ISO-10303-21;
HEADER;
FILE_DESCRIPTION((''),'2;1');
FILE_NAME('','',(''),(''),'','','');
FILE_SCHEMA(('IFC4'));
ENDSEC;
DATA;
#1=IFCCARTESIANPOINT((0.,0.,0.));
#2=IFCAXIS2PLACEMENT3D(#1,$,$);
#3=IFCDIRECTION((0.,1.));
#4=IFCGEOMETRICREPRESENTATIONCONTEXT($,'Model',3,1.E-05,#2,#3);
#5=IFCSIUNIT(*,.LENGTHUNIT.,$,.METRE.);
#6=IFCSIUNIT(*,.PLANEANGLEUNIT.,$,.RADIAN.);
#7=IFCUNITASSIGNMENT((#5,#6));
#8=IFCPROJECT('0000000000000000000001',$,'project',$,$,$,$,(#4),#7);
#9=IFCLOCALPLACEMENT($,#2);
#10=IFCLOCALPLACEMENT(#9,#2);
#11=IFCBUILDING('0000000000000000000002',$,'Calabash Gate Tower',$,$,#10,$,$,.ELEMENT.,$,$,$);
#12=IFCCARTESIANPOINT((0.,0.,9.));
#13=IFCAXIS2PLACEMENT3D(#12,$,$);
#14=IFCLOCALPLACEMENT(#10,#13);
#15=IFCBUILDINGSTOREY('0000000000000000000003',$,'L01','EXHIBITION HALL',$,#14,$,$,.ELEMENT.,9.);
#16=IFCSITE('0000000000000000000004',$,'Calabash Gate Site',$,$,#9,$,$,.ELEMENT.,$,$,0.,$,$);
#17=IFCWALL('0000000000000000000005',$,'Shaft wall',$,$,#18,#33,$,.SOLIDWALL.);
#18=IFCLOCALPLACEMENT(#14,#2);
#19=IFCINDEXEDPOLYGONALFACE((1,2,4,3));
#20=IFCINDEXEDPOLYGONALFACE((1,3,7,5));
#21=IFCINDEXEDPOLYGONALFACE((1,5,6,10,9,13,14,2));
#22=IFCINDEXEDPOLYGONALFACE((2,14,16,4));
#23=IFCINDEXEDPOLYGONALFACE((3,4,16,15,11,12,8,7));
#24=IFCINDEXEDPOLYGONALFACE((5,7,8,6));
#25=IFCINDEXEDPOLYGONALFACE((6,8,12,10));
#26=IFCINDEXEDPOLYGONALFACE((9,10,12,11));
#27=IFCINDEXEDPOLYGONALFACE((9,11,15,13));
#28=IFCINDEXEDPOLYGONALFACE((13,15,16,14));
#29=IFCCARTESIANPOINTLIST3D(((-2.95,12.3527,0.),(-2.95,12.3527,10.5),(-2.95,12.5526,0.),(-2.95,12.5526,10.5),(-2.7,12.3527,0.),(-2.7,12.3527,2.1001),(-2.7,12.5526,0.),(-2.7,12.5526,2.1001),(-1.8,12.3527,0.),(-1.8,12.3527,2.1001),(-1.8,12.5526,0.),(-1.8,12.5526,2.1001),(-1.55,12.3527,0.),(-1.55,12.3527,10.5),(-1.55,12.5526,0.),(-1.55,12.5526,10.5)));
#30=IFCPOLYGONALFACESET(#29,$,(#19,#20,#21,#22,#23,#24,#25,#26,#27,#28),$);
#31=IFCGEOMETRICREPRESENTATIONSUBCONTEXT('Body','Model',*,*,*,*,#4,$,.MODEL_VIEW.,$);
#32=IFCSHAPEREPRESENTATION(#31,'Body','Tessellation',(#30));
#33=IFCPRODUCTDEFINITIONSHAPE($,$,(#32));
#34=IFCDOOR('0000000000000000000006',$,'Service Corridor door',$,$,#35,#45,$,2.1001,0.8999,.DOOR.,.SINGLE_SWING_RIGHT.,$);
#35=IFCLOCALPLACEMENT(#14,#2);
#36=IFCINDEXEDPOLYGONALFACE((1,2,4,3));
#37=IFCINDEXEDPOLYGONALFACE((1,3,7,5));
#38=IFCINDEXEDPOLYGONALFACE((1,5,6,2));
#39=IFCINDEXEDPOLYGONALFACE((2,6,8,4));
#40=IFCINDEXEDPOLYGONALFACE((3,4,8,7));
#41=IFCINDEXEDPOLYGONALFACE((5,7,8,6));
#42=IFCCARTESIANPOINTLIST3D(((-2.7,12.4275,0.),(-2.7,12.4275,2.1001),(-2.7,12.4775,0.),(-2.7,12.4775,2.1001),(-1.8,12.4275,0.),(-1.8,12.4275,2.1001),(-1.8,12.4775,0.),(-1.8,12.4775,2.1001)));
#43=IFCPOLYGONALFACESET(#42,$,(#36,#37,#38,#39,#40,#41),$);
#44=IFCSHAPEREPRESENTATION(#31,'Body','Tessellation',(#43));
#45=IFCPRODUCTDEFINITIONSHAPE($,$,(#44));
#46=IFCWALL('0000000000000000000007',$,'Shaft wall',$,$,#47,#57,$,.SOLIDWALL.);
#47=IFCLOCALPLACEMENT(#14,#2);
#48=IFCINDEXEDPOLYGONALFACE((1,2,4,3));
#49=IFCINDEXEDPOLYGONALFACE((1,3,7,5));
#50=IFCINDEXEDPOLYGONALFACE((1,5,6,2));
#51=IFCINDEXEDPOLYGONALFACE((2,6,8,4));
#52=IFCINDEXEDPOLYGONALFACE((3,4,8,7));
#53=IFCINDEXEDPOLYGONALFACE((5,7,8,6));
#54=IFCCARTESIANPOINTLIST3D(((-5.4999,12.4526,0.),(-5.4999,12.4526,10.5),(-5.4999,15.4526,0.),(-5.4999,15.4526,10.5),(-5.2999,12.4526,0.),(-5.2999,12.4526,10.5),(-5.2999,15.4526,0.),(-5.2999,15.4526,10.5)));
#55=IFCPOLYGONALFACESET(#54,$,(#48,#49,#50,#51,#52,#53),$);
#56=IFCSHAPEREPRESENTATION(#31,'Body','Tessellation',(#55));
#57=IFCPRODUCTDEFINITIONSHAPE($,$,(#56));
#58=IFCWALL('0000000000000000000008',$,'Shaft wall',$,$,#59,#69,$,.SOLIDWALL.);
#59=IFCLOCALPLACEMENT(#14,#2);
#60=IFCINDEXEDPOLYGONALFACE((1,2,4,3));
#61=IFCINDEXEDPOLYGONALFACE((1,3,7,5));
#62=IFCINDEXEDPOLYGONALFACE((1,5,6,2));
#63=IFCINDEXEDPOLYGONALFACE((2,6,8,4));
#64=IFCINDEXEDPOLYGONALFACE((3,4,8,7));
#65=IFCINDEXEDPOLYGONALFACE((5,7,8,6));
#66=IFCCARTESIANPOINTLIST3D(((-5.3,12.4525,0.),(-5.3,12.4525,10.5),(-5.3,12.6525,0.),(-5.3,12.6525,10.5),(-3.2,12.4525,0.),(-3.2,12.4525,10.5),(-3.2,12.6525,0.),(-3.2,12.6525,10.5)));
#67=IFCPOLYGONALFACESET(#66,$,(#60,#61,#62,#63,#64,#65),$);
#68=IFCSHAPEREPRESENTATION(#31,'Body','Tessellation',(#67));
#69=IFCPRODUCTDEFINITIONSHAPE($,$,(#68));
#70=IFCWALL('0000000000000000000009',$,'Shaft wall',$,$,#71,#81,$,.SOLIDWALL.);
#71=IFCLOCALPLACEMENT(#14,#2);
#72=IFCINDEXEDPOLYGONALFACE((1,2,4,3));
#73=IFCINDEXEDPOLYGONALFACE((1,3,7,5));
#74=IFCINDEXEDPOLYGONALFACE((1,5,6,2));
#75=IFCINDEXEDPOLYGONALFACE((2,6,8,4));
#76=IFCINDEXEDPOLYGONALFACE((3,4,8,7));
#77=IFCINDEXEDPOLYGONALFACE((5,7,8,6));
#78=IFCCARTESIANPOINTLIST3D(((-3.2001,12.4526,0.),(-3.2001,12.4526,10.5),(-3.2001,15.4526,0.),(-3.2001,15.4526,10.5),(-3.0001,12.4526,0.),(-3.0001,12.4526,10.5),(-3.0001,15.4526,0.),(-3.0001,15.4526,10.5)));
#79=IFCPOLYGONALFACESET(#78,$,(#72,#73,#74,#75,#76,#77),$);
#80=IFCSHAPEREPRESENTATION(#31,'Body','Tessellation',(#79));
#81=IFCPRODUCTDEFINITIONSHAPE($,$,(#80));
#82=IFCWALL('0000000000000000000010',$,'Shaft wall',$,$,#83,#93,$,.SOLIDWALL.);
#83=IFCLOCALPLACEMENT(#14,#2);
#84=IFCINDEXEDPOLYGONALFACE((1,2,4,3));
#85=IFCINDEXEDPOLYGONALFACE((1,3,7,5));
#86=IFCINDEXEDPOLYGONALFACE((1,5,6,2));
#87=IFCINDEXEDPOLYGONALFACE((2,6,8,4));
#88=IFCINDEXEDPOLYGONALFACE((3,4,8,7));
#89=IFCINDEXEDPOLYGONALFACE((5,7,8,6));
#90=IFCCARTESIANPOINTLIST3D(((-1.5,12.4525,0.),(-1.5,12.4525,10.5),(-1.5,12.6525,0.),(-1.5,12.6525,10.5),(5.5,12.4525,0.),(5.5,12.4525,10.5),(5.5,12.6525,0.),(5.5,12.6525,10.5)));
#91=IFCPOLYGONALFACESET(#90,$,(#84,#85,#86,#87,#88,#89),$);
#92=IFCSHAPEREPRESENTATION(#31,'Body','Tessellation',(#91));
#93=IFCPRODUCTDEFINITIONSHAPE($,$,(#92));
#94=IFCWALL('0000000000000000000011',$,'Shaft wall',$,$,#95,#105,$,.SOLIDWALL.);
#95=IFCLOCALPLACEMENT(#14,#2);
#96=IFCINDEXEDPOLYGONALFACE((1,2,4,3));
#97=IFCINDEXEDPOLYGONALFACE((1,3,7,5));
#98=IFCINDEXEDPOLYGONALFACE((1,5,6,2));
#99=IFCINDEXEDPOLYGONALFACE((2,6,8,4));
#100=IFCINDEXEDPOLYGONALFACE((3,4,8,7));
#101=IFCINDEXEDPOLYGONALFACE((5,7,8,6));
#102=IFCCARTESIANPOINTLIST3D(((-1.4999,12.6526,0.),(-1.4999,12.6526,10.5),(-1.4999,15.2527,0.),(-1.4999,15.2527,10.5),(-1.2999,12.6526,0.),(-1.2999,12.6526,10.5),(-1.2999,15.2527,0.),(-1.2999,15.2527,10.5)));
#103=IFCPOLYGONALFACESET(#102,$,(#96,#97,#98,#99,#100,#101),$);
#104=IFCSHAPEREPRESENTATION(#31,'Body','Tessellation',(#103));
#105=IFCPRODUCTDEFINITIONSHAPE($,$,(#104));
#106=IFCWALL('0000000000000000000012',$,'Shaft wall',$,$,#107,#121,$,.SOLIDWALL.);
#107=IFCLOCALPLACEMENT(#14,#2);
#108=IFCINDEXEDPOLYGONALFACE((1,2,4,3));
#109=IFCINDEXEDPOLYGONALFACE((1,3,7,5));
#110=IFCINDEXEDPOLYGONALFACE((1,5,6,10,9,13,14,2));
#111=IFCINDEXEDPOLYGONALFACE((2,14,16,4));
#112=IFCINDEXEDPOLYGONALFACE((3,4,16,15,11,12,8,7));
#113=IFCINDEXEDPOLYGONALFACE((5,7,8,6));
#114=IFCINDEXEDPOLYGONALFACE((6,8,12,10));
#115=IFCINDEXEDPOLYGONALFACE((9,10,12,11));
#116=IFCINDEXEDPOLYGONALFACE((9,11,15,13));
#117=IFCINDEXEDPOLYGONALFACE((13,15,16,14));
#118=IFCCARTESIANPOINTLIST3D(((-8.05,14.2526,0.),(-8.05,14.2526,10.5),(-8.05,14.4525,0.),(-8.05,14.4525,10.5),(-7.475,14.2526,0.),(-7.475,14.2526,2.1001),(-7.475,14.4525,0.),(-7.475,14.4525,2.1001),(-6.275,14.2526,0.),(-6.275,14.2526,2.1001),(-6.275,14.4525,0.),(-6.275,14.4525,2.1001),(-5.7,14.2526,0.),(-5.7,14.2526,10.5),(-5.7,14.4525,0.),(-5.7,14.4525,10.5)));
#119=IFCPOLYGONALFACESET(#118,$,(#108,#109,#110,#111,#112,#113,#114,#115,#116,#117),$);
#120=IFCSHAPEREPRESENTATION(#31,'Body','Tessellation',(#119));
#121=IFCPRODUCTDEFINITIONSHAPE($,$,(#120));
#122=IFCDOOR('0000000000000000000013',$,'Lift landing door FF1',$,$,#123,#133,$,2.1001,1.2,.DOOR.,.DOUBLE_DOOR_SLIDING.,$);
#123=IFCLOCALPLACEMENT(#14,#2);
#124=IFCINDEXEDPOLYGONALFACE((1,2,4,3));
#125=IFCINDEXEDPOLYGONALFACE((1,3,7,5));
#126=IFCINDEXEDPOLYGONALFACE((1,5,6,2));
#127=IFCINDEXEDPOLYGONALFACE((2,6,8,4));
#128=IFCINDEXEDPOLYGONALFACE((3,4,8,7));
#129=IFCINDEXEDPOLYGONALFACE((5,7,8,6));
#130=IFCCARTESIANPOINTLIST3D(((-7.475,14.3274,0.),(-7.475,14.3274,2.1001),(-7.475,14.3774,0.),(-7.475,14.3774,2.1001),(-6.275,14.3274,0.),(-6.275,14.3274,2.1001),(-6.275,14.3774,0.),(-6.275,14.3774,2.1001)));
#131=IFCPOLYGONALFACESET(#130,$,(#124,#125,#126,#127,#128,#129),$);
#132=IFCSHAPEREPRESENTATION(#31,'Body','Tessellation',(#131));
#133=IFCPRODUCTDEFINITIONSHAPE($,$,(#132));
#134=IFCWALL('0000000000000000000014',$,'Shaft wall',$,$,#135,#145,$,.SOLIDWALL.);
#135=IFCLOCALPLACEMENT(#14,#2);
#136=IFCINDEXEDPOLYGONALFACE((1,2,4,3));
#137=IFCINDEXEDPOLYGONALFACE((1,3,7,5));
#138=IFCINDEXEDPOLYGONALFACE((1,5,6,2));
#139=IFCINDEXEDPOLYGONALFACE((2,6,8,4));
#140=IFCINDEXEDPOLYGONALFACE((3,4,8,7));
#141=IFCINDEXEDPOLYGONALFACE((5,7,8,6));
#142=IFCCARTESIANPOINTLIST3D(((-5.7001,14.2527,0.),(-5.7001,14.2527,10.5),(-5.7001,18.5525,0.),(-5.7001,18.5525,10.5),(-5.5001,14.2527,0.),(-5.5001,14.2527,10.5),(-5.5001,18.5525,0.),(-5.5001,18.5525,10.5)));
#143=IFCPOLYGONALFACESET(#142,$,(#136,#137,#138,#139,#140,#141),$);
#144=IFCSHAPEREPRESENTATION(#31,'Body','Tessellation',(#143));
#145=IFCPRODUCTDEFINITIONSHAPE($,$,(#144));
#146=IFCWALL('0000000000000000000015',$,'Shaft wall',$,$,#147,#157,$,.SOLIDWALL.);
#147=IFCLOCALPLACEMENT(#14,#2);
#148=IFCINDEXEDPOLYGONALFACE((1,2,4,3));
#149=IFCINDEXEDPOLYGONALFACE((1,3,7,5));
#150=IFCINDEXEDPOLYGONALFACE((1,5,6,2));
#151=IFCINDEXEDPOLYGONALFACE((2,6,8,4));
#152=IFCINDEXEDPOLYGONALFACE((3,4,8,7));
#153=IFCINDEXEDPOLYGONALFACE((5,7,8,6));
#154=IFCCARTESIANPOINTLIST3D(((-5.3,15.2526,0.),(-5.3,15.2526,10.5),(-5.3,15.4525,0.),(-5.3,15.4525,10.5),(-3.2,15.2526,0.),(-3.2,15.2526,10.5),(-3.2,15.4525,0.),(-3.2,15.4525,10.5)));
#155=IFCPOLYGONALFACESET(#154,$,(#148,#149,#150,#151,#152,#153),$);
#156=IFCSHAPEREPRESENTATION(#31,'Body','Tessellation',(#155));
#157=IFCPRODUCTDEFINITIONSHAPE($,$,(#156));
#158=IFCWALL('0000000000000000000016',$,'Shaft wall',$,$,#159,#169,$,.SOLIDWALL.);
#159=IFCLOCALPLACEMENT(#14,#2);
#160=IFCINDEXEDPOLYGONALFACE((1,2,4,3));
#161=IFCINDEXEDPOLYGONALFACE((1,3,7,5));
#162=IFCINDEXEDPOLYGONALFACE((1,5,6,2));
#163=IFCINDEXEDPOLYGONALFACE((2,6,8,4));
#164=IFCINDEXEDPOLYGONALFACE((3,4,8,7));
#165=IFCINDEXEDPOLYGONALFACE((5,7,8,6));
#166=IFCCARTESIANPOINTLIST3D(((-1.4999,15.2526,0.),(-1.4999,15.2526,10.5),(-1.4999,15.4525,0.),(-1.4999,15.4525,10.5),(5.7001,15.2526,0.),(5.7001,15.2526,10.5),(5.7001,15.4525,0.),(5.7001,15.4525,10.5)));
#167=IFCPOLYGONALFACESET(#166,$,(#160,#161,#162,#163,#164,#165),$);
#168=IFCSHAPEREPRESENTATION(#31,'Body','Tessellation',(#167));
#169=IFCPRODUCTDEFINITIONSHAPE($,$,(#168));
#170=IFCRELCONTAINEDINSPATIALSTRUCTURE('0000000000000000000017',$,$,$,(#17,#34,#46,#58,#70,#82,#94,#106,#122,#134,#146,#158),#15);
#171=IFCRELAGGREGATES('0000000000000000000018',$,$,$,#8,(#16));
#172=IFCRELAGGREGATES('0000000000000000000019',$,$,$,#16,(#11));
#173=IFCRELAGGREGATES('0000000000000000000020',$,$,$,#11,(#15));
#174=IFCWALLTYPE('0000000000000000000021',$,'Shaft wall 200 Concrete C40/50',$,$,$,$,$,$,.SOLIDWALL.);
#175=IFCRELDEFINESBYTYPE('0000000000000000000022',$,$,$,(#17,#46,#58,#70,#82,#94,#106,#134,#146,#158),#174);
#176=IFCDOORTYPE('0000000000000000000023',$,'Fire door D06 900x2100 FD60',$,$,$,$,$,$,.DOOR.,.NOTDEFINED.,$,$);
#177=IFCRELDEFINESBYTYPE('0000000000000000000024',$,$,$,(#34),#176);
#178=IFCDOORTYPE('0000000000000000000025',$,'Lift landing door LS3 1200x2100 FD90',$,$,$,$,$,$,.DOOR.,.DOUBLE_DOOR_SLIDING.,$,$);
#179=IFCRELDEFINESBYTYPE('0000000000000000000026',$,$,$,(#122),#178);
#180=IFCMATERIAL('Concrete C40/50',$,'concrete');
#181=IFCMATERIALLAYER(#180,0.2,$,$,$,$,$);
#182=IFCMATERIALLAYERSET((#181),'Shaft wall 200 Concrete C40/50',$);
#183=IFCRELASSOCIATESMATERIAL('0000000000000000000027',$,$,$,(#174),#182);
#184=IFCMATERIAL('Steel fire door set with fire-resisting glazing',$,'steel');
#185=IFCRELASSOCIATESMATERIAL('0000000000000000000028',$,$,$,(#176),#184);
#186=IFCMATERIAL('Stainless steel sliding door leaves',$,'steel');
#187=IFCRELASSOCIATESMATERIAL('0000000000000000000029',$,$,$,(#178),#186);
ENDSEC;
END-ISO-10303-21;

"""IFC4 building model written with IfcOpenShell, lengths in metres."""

from ifc_helpers import new_model, si_unit, direction, frame, frame_2d, origin, place, context, subcontext, project, spatial, rectangle, extrude, material, layer, layer_set, type_object, element, fill, save


model = new_model("IFC4")

# Units and contexts
model_context = context("Model", 3, precision=1e-05, world=origin(), true_north=direction((0.0, 1.0)))
body_context = subcontext(model_context, "Body", "Model", "MODEL_VIEW")
ifc_project = project(units=[si_unit("LENGTHUNIT", "METRE"), si_unit("PLANEANGLEUNIT", "RADIAN")], contexts=[model_context])

# Site, building, storey
site_placement = place(None, origin())
site = spatial("IfcSite", under=ifc_project, at=site_placement, Name="Calabash Gate Site", CompositionType="ELEMENT", RefElevation=0.0)
building_placement = place(site_placement, origin())
building = spatial("IfcBuilding", under=site, at=building_placement, Name="Calabash Gate Tower", CompositionType="ELEMENT")
storey_placement = place(building_placement, frame((0.0, 0.0, 9.0)))
storey = spatial("IfcBuildingStorey", under=building, at=storey_placement, Name="L01", Description="EXHIBITION HALL", CompositionType="ELEMENT", Elevation=9.0)

# Wall, opening, door
ifc_material_1 = material(Name="Concrete C40/50", Category="concrete")
ifc_layer_1 = layer(ifc_material_1, 0.2)
ifc_layer_set_1 = layer_set([ifc_layer_1], Name="Shaft wall 200 Concrete C40/50")
wall_type_1 = type_object("IfcWallType", Name="Shaft wall 200 Concrete C40/50", PredefinedType="SOLIDWALL", material=ifc_layer_set_1)
wall_1_placement = place(storey_placement, frame((-2.95, 12.4526, 0.0), z_axis=(0.0, 0.0, 1.0), x_axis=(1.0, 0.0, 0.0)))
wall_1 = element("IfcWall", 1, at=wall_1_placement, inside=storey, type_object=wall_type_1, Name="Shaft wall", PredefinedType="SOLIDWALL", context=body_context, shape_type="SweptSolid", body=[
    extrude(rectangle(XDim=1.3999, YDim=0.2, at=frame_2d((0.7, 0.0))), origin(), (0.0, 0.0, 1.0), 10.5),
])
opening_1_placement = place(wall_1_placement, frame((0.25, 0.0, 0.0)))
opening_1 = element("IfcOpeningElement", 2, at=opening_1_placement, cuts=wall_1, PredefinedType="OPENING", context=body_context, shape_type="SweptSolid", body=[
    extrude(rectangle(XDim=0.8999, YDim=2.1001, at=frame_2d((0.45, 1.05))), frame((0.0, 0.1099, 0.0), z_axis=(0.0, -1.0, 0.0), x_axis=(1.0, 0.0, 0.0)), (0.0, 0.0, 1.0), 0.22),
])
ifc_material_2 = material(Name="Steel fire door set with fire-resisting glazing", Category="steel")
door_type_1 = type_object("IfcDoorType", Name="Fire door D06 900x2100 FD60", OperationType="NOTDEFINED", PredefinedType="DOOR", material=ifc_material_2)
door_1_placement = place(opening_1_placement, origin())
door_1 = element("IfcDoor", 3, at=door_1_placement, inside=storey, type_object=door_type_1, Name="Service Corridor door", OperationType="SINGLE_SWING_RIGHT", OverallHeight=2.1001, OverallWidth=0.8999, PredefinedType="DOOR", context=body_context, shape_type="SweptSolid", body=[
    extrude(rectangle(XDim=0.8999, YDim=2.1001, at=frame_2d((0.45, 1.05))), frame((0.0, 0.0249, 0.0), z_axis=(0.0, -1.0, 0.0), x_axis=(1.0, 0.0, 0.0)), (0.0, 0.0, 1.0), 0.05),
])
fill(opening_1, door_1)

# Walls
wall_2_placement = place(storey_placement, frame((-5.3999, 12.4526, 0.0), z_axis=(0.0, 0.0, 1.0), x_axis=(0.0, 1.0, 0.0)))
element("IfcWall", 4, at=wall_2_placement, inside=storey, type_object=wall_type_1, Name="Shaft wall", PredefinedType="SOLIDWALL", context=body_context, shape_type="SweptSolid", body=[
    extrude(rectangle(XDim=3.0, YDim=0.2, at=frame_2d((1.5, 0.0))), origin(), (0.0, 0.0, 1.0), 10.5),
])
wall_3_placement = place(storey_placement, frame((-5.3, 12.5525, 0.0), z_axis=(0.0, 0.0, 1.0), x_axis=(1.0, 0.0, 0.0)))
element("IfcWall", 5, at=wall_3_placement, inside=storey, type_object=wall_type_1, Name="Shaft wall", PredefinedType="SOLIDWALL", context=body_context, shape_type="SweptSolid", body=[
    extrude(rectangle(XDim=2.1001, YDim=0.2, at=frame_2d((1.05, 0.0))), origin(), (0.0, 0.0, 1.0), 10.5),
])
wall_4_placement = place(storey_placement, frame((-3.1001, 12.4526, 0.0), z_axis=(0.0, 0.0, 1.0), x_axis=(0.0, 1.0, 0.0)))
element("IfcWall", 6, at=wall_4_placement, inside=storey, type_object=wall_type_1, Name="Shaft wall", PredefinedType="SOLIDWALL", context=body_context, shape_type="SweptSolid", body=[
    extrude(rectangle(XDim=3.0, YDim=0.2, at=frame_2d((1.5, 0.0))), origin(), (0.0, 0.0, 1.0), 10.5),
])
wall_5_placement = place(storey_placement, frame((-1.5, 12.5525, 0.0), z_axis=(0.0, 0.0, 1.0), x_axis=(1.0, 0.0, 0.0)))
element("IfcWall", 7, at=wall_5_placement, inside=storey, type_object=wall_type_1, Name="Shaft wall", PredefinedType="SOLIDWALL", context=body_context, shape_type="SweptSolid", body=[
    extrude(rectangle(XDim=7.0, YDim=0.2, at=frame_2d((3.5, 0.0))), origin(), (0.0, 0.0, 1.0), 10.5),
])
wall_6_placement = place(storey_placement, frame((-1.3999, 12.6526, 0.0), z_axis=(0.0, 0.0, 1.0), x_axis=(0.0, 1.0, 0.0)))
element("IfcWall", 8, at=wall_6_placement, inside=storey, type_object=wall_type_1, Name="Shaft wall", PredefinedType="SOLIDWALL", context=body_context, shape_type="SweptSolid", body=[
    extrude(rectangle(XDim=2.6001, YDim=0.2, at=frame_2d((1.3, 0.0))), origin(), (0.0, 0.0, 1.0), 10.5),
])

# Wall, opening, door
wall_7_placement = place(storey_placement, frame((-8.05, 14.3525, 0.0), z_axis=(0.0, 0.0, 1.0), x_axis=(1.0, 0.0, 0.0)))
wall_7 = element("IfcWall", 9, at=wall_7_placement, inside=storey, type_object=wall_type_1, Name="Shaft wall", PredefinedType="SOLIDWALL", context=body_context, shape_type="SweptSolid", body=[
    extrude(rectangle(XDim=2.3501, YDim=0.2, at=frame_2d((1.175, 0.0))), origin(), (0.0, 0.0, 1.0), 10.5),
])
opening_2_placement = place(wall_7_placement, frame((0.575, 0.0, 0.0)))
opening_2 = element("IfcOpeningElement", 10, at=opening_2_placement, cuts=wall_7, PredefinedType="OPENING", context=body_context, shape_type="SweptSolid", body=[
    extrude(rectangle(XDim=1.2, YDim=2.1001, at=frame_2d((0.6001, 1.05))), frame((0.0, 0.1099, 0.0), z_axis=(0.0, -1.0, 0.0), x_axis=(1.0, 0.0, 0.0)), (0.0, 0.0, 1.0), 0.22),
])
ifc_material_3 = material(Name="Stainless steel sliding door leaves", Category="steel")
door_type_2 = type_object("IfcDoorType", Name="Lift landing door LS3 1200x2100 FD90", OperationType="DOUBLE_DOOR_SLIDING", PredefinedType="DOOR", material=ifc_material_3)
door_2_placement = place(opening_2_placement, origin())
door_2 = element("IfcDoor", 11, at=door_2_placement, inside=storey, type_object=door_type_2, Name="Lift landing door FF1", OperationType="DOUBLE_DOOR_SLIDING", OverallHeight=2.1001, OverallWidth=1.2, PredefinedType="DOOR", context=body_context, shape_type="SweptSolid", body=[
    extrude(rectangle(XDim=1.2, YDim=2.1001, at=frame_2d((0.6001, 1.05))), frame((0.0, 0.0249, 0.0), z_axis=(0.0, -1.0, 0.0), x_axis=(1.0, 0.0, 0.0)), (0.0, 0.0, 1.0), 0.05),
])
fill(opening_2, door_2)

# Walls
wall_8_placement = place(storey_placement, frame((-5.6001, 14.2527, 0.0), z_axis=(0.0, 0.0, 1.0), x_axis=(0.0, 1.0, 0.0)))
element("IfcWall", 12, at=wall_8_placement, inside=storey, type_object=wall_type_1, Name="Shaft wall", PredefinedType="SOLIDWALL", context=body_context, shape_type="SweptSolid", body=[
    extrude(rectangle(XDim=4.2998, YDim=0.2, at=frame_2d((2.1499, 0.0))), origin(), (0.0, 0.0, 1.0), 10.5),
])
wall_9_placement = place(storey_placement, frame((-5.3, 15.3525, 0.0), z_axis=(0.0, 0.0, 1.0), x_axis=(1.0, 0.0, 0.0)))
element("IfcWall", 13, at=wall_9_placement, inside=storey, type_object=wall_type_1, Name="Shaft wall", PredefinedType="SOLIDWALL", context=body_context, shape_type="SweptSolid", body=[
    extrude(rectangle(XDim=2.1001, YDim=0.2, at=frame_2d((1.05, 0.0))), origin(), (0.0, 0.0, 1.0), 10.5),
])
wall_10_placement = place(storey_placement, frame((-1.5, 15.3525, 0.0), z_axis=(0.0, 0.0, 1.0), x_axis=(1.0, 0.0, 0.0)))
element("IfcWall", 14, at=wall_10_placement, inside=storey, type_object=wall_type_1, Name="Shaft wall", PredefinedType="SOLIDWALL", context=body_context, shape_type="SweptSolid", body=[
    extrude(rectangle(XDim=7.2, YDim=0.2, at=frame_2d((3.6001, 0.0))), origin(), (0.0, 0.0, 1.0), 10.5),
])

save(model, "model.ifc")
